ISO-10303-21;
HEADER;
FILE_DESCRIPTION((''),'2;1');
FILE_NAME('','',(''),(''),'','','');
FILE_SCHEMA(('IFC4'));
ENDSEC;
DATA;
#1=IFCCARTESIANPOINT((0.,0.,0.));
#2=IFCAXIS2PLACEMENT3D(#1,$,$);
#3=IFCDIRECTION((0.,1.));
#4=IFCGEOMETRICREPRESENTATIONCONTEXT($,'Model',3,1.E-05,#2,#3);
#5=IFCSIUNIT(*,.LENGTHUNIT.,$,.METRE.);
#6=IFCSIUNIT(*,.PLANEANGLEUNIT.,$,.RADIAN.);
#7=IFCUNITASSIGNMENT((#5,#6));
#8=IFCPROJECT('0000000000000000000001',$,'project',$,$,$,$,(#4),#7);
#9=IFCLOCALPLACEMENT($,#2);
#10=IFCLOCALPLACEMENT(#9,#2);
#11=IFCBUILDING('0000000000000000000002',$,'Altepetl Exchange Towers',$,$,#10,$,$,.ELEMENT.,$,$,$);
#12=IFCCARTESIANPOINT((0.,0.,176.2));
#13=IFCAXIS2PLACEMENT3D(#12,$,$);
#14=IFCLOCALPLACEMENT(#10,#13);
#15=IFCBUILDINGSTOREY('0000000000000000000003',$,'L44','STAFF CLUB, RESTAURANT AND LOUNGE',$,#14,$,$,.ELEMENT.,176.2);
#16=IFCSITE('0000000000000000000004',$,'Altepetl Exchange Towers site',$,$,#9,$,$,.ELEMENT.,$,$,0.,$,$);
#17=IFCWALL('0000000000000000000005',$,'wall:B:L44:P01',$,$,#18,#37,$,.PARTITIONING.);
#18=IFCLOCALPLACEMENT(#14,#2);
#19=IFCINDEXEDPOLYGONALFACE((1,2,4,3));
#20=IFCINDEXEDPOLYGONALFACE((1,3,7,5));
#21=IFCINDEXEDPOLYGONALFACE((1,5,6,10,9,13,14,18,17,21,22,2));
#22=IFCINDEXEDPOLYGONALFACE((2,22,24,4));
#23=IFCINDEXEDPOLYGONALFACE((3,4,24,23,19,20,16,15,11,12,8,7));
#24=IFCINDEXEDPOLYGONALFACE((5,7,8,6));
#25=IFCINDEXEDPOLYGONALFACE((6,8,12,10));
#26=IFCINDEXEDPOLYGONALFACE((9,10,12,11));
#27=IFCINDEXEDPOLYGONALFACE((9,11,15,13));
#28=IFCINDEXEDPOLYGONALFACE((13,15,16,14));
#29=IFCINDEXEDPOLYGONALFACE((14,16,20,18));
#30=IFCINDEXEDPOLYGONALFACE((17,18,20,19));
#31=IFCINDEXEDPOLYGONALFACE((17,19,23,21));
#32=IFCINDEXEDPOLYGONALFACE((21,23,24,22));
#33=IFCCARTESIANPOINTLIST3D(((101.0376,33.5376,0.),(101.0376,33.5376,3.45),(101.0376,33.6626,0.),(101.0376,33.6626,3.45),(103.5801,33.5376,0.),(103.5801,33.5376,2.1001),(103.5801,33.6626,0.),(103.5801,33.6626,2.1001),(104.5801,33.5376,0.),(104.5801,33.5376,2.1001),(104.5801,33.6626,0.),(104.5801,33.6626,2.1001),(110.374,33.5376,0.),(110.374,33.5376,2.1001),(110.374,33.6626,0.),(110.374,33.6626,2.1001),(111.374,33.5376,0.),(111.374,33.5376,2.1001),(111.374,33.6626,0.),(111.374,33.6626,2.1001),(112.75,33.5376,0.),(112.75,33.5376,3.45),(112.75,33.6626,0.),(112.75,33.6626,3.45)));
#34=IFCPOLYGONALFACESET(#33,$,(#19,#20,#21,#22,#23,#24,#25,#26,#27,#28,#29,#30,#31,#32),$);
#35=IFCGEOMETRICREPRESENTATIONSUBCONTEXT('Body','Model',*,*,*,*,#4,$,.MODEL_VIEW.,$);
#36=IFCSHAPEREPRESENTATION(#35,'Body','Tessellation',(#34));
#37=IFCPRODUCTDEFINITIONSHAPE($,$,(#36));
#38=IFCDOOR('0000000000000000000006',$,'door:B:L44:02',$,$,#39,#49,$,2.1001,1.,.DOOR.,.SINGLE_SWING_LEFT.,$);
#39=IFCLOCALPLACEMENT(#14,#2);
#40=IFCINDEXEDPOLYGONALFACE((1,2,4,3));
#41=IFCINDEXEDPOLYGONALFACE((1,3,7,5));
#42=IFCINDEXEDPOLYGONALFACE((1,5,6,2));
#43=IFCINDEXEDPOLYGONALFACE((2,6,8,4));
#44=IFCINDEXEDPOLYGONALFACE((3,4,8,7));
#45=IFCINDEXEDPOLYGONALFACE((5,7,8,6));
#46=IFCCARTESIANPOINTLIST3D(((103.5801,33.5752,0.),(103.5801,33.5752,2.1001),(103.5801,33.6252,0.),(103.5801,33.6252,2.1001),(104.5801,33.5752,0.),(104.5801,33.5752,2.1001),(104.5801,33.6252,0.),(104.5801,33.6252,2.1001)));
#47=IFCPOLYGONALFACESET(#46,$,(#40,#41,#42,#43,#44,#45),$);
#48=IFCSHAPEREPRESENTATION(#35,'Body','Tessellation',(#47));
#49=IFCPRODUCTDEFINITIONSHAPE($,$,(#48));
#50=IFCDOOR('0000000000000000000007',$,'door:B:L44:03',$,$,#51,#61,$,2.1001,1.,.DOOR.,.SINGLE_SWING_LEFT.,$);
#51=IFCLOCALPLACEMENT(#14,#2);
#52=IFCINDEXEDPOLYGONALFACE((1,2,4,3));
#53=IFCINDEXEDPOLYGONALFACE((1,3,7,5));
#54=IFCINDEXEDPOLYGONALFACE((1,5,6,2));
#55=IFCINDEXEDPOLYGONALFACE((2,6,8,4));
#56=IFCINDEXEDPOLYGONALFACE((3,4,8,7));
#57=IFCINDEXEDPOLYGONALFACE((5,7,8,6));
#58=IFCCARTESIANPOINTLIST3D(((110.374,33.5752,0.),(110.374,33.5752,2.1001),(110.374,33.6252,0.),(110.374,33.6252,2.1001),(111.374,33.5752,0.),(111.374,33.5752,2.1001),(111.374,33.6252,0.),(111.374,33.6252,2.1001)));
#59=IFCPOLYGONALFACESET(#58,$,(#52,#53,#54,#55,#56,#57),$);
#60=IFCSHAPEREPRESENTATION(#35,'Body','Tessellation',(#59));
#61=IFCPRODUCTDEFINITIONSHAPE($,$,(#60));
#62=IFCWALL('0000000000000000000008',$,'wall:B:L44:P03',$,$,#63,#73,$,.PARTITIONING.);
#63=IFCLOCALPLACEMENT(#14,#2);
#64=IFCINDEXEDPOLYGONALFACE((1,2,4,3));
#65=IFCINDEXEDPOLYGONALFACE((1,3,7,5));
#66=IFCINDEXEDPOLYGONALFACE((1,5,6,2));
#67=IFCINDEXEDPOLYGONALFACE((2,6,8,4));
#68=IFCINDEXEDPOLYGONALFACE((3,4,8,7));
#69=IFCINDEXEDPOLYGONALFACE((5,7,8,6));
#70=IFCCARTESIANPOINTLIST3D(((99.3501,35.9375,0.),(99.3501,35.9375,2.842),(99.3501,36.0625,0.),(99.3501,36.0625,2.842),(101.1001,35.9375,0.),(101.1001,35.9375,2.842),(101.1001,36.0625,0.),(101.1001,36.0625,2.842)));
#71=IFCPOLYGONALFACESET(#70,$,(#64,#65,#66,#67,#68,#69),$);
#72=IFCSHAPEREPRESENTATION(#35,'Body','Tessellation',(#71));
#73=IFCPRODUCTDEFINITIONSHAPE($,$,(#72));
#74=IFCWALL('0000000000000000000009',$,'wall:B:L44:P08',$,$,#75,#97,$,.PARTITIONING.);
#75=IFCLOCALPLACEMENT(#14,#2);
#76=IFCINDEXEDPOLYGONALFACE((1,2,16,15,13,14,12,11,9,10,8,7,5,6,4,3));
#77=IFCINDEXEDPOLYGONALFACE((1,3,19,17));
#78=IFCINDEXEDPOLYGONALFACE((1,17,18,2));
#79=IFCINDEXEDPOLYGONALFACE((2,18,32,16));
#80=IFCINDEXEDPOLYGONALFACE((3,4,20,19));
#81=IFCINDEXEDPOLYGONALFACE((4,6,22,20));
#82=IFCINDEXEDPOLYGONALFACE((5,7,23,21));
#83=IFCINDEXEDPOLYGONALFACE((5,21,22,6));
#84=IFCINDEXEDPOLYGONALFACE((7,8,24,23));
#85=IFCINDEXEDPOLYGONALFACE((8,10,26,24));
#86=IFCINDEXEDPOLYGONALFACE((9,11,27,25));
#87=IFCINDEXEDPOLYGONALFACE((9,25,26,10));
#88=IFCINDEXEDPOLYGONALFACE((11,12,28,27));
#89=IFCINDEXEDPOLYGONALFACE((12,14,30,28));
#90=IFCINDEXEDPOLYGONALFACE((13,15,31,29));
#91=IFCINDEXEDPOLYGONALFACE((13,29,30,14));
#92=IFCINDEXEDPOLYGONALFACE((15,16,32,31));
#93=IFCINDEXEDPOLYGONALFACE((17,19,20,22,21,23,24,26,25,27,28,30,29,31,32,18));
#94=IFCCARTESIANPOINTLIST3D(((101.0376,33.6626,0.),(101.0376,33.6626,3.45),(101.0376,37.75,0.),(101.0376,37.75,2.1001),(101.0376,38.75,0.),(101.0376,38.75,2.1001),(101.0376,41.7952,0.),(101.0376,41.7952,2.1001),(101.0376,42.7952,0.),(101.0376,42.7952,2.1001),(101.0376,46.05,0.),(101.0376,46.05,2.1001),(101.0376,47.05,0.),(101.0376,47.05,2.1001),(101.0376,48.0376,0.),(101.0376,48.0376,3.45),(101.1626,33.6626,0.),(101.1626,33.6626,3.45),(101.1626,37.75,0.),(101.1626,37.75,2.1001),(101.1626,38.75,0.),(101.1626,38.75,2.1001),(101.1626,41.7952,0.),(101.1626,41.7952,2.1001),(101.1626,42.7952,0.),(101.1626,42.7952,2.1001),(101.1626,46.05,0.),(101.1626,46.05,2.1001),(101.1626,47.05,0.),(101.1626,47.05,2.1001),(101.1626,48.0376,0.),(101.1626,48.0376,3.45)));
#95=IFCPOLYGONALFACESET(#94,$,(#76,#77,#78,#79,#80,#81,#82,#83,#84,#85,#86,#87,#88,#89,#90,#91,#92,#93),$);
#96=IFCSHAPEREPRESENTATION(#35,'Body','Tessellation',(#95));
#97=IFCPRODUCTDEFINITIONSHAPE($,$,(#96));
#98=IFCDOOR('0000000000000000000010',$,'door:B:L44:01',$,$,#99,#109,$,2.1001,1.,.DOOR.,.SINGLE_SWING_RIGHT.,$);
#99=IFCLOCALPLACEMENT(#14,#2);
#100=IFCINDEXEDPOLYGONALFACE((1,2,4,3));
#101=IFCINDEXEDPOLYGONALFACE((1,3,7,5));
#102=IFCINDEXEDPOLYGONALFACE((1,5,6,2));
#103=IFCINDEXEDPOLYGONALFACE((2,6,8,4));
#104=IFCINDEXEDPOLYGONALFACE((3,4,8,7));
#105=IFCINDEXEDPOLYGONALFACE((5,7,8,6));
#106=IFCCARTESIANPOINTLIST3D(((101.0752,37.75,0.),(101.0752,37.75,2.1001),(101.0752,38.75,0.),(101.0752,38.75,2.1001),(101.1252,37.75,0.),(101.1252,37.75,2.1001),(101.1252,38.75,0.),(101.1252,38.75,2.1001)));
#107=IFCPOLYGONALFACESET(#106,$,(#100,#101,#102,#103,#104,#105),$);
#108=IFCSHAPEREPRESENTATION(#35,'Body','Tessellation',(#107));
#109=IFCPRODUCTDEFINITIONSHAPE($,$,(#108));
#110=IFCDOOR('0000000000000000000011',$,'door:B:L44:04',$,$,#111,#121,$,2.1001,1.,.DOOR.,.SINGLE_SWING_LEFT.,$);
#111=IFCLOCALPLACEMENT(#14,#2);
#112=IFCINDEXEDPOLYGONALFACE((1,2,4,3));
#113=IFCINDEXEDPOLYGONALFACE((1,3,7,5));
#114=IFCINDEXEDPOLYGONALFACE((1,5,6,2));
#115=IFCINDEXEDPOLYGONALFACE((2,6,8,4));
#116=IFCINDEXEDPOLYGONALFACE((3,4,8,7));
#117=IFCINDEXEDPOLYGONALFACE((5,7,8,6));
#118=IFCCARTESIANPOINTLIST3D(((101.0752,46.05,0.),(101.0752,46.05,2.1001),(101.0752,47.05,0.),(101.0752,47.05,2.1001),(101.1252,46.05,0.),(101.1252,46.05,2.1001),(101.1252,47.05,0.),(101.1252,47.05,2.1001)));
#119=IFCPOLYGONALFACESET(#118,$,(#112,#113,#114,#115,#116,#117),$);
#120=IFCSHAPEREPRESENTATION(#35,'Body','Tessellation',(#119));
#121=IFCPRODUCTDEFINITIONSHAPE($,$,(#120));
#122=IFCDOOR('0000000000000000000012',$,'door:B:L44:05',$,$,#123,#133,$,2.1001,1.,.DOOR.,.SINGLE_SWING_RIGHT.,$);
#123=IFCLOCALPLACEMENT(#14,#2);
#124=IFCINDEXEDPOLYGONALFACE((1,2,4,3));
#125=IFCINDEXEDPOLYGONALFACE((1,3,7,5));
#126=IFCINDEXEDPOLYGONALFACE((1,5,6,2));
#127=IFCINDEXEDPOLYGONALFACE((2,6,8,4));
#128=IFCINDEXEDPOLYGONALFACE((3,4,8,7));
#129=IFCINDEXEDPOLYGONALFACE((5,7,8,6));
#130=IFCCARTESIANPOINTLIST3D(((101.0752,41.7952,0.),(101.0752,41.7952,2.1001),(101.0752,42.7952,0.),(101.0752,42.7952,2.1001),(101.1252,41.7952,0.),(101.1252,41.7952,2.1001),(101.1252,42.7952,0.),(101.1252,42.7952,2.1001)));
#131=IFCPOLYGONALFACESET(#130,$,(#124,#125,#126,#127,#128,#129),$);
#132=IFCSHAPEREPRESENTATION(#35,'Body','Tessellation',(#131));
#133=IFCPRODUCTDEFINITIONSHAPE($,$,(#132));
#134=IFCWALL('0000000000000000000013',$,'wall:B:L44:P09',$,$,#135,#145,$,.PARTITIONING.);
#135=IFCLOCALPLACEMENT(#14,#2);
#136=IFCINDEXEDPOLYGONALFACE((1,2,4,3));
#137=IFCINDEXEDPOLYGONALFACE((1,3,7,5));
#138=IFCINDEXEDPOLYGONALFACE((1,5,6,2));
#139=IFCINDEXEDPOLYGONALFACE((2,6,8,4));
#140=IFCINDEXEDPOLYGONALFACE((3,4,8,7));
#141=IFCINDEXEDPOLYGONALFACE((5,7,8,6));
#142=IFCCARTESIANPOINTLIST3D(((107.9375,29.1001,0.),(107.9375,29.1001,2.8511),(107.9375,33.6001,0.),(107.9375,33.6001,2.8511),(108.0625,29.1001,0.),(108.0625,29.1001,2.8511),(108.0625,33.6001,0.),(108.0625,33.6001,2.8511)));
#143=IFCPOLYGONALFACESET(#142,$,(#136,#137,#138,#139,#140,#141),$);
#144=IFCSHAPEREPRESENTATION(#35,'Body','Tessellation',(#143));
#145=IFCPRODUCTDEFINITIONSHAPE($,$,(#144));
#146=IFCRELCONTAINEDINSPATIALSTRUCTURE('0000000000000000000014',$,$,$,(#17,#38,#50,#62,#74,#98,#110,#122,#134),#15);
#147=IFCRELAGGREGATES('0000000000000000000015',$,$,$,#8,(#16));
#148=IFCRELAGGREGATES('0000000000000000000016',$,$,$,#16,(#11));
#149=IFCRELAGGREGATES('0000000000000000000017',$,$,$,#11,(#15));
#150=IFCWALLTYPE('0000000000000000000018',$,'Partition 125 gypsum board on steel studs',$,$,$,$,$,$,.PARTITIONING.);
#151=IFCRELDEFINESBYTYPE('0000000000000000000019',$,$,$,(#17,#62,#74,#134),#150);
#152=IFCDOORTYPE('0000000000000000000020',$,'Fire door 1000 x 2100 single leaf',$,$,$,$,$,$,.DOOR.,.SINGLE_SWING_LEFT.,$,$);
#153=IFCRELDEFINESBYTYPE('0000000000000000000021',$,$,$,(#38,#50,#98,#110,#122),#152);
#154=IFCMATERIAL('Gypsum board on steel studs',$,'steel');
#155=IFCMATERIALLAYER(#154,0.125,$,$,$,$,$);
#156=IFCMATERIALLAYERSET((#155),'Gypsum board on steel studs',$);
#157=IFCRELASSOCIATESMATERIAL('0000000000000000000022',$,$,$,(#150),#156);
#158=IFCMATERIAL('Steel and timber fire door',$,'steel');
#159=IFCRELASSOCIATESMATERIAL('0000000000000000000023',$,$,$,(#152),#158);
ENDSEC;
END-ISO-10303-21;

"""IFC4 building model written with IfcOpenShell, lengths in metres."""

from ifc_helpers import new_model, si_unit, direction, frame, frame_2d, origin, place, context, subcontext, project, spatial, rectangle, extrude, material, layer, layer_set, type_object, element, fill, save


model = new_model("IFC4")

# Units and contexts
model_context = context("Model", 3, precision=1e-05, world=origin(), true_north=direction((0.0, 1.0)))
body_context = subcontext(model_context, "Body", "Model", "MODEL_VIEW")
ifc_project = project(units=[si_unit("LENGTHUNIT", "METRE"), si_unit("PLANEANGLEUNIT", "RADIAN")], contexts=[model_context])

# Site, building, storey
site_placement = place(None, origin())
site = spatial("IfcSite", under=ifc_project, at=site_placement, Name="Altepetl Exchange Towers site", CompositionType="ELEMENT", RefElevation=0.0)
building_placement = place(site_placement, origin())
building = spatial("IfcBuilding", under=site, at=building_placement, Name="Altepetl Exchange Towers", CompositionType="ELEMENT")
storey_placement = place(building_placement, frame((0.0, 0.0, 176.2)))
storey = spatial("IfcBuildingStorey", under=building, at=storey_placement, Name="L44", Description="STAFF CLUB, RESTAURANT AND LOUNGE", CompositionType="ELEMENT", Elevation=176.2)

# Wall, openings, doors
ifc_material_1 = material(Name="Gypsum board on steel studs", Category="steel")
ifc_layer_1 = layer(ifc_material_1, 0.125)
ifc_layer_set_1 = layer_set([ifc_layer_1], Name="Gypsum board on steel studs")
wall_type_1 = type_object("IfcWallType", Name="Partition 125 gypsum board on steel studs", PredefinedType="PARTITIONING", material=ifc_layer_set_1)
wall_1_placement = place(storey_placement, frame((101.0376, 33.6001, 0.0)))
wall_1 = element("IfcWall", 1, at=wall_1_placement, inside=storey, type_object=wall_type_1, Name="wall:B:L44:P01", PredefinedType="PARTITIONING", context=body_context, shape_type="SweptSolid", body=[
    extrude(rectangle(XDim=11.7124, YDim=0.125, at=frame_2d((5.8562, 0.0))), origin(), (0.0, 0.0, 1.0), 3.45),
])
opening_1_placement = place(wall_1_placement, frame((2.5425, 0.0, 0.0)))
opening_1 = element("IfcOpeningElement", 2, at=opening_1_placement, cuts=wall_1, PredefinedType="OPENING", context=body_context, shape_type="SweptSolid", body=[
    extrude(rectangle(XDim=1.0, YDim=2.1001, at=frame_2d((0.5, 1.05))), frame((0.0, 0.0725, 0.0), z_axis=(0.0, -1.0, 0.0), x_axis=(1.0, 0.0, 0.0)), (0.0, 0.0, 1.0), 0.145),
])
opening_2_placement = place(wall_1_placement, frame((9.3364, 0.0, 0.0)))
opening_2 = element("IfcOpeningElement", 3, at=opening_2_placement, cuts=wall_1, PredefinedType="OPENING", context=body_context, shape_type="SweptSolid", body=[
    extrude(rectangle(XDim=1.0, YDim=2.1001, at=frame_2d((0.5, 1.05))), frame((0.0, 0.0725, 0.0), z_axis=(0.0, -1.0, 0.0), x_axis=(1.0, 0.0, 0.0)), (0.0, 0.0, 1.0), 0.145),
])
ifc_material_2 = material(Name="Steel and timber fire door", Category="steel")
door_type_1 = type_object("IfcDoorType", Name="Fire door 1000 x 2100 single leaf", OperationType="SINGLE_SWING_LEFT", PredefinedType="DOOR", material=ifc_material_2)
door_1_placement = place(opening_1_placement, frame((1.0, 0.0, 0.0), x_axis=(-1.0, 0.0, 0.0)))
door_1 = element("IfcDoor", 4, at=door_1_placement, inside=storey, type_object=door_type_1, Name="door:B:L44:02", OperationType="SINGLE_SWING_LEFT", OverallHeight=2.1001, OverallWidth=1.0, PredefinedType="DOOR", context=body_context, shape_type="SweptSolid", body=[
    extrude(rectangle(XDim=1.0, YDim=2.1001, at=frame_2d((0.5, 1.05))), frame((0.0, 0.0249, 0.0), z_axis=(0.0, -1.0, 0.0), x_axis=(1.0, 0.0, 0.0)), (0.0, 0.0, 1.0), 0.05),
])
fill(opening_1, door_1)
door_2_placement = place(opening_2_placement, frame((1.0, 0.0, 0.0), x_axis=(-1.0, 0.0, 0.0)))
door_2 = element("IfcDoor", 5, at=door_2_placement, inside=storey, type_object=door_type_1, Name="door:B:L44:03", OperationType="SINGLE_SWING_LEFT", OverallHeight=2.1001, OverallWidth=1.0, PredefinedType="DOOR", context=body_context, shape_type="SweptSolid", body=[
    extrude(rectangle(XDim=1.0, YDim=2.1001, at=frame_2d((0.5, 1.05))), frame((0.0, 0.0249, 0.0), z_axis=(0.0, -1.0, 0.0), x_axis=(1.0, 0.0, 0.0)), (0.0, 0.0, 1.0), 0.05),
])
fill(opening_2, door_2)

# Wall
wall_2_placement = place(storey_placement, frame((99.3501, 36.0, 0.0)))
element("IfcWall", 6, at=wall_2_placement, inside=storey, type_object=wall_type_1, Name="wall:B:L44:P03", PredefinedType="PARTITIONING", context=body_context, shape_type="SweptSolid", body=[
    extrude(rectangle(XDim=1.75, YDim=0.125, at=frame_2d((0.875, 0.0))), origin(), (0.0, 0.0, 1.0), 2.842),
])

# Wall, openings, doors
wall_3_placement = place(storey_placement, frame((101.1001, 33.6626, 0.0), z_axis=(0.0, 0.0, 1.0), x_axis=(0.0, 1.0, 0.0)))
wall_3 = element("IfcWall", 7, at=wall_3_placement, inside=storey, type_object=wall_type_1, Name="wall:B:L44:P08", PredefinedType="PARTITIONING", context=body_context, shape_type="SweptSolid", body=[
    extrude(rectangle(XDim=14.375, YDim=0.125, at=frame_2d((7.1875, 0.0))), origin(), (0.0, 0.0, 1.0), 3.45),
])
opening_3_placement = place(wall_3_placement, frame((4.0874, 0.0, 0.0)))
opening_3 = element("IfcOpeningElement", 8, at=opening_3_placement, cuts=wall_3, PredefinedType="OPENING", context=body_context, shape_type="SweptSolid", body=[
    extrude(rectangle(XDim=1.0, YDim=2.1001, at=frame_2d((0.5, 1.05))), frame((0.0, 0.0725, 0.0), z_axis=(0.0, -1.0, 0.0), x_axis=(1.0, 0.0, 0.0)), (0.0, 0.0, 1.0), 0.145),
])
opening_4_placement = place(wall_3_placement, frame((12.3875, 0.0, 0.0)))
opening_4 = element("IfcOpeningElement", 9, at=opening_4_placement, cuts=wall_3, PredefinedType="OPENING", context=body_context, shape_type="SweptSolid", body=[
    extrude(rectangle(XDim=1.0, YDim=2.1001, at=frame_2d((0.5, 1.05))), frame((0.0, 0.0725, 0.0), z_axis=(0.0, -1.0, 0.0), x_axis=(1.0, 0.0, 0.0)), (0.0, 0.0, 1.0), 0.145),
])
opening_5_placement = place(wall_3_placement, frame((8.1326, 0.0, 0.0)))
opening_5 = element("IfcOpeningElement", 10, at=opening_5_placement, cuts=wall_3, PredefinedType="OPENING", context=body_context, shape_type="SweptSolid", body=[
    extrude(rectangle(XDim=1.0, YDim=2.1001, at=frame_2d((0.5, 1.05))), frame((0.0, 0.0725, 0.0), z_axis=(0.0, -1.0, 0.0), x_axis=(1.0, 0.0, 0.0)), (0.0, 0.0, 1.0), 0.145),
])
door_3_placement = place(opening_3_placement, origin())
door_3 = element("IfcDoor", 11, at=door_3_placement, inside=storey, type_object=door_type_1, Name="door:B:L44:01", OperationType="SINGLE_SWING_RIGHT", OverallHeight=2.1001, OverallWidth=1.0, PredefinedType="DOOR", context=body_context, shape_type="SweptSolid", body=[
    extrude(rectangle(XDim=1.0, YDim=2.1001, at=frame_2d((0.5, 1.05))), frame((0.0, 0.0249, 0.0), z_axis=(0.0, -1.0, 0.0), x_axis=(1.0, 0.0, 0.0)), (0.0, 0.0, 1.0), 0.05),
])
fill(opening_3, door_3)
door_4_placement = place(opening_4_placement, origin())
door_4 = element("IfcDoor", 12, at=door_4_placement, inside=storey, type_object=door_type_1, Name="door:B:L44:04", OperationType="SINGLE_SWING_LEFT", OverallHeight=2.1001, OverallWidth=1.0, PredefinedType="DOOR", context=body_context, shape_type="SweptSolid", body=[
    extrude(rectangle(XDim=1.0, YDim=2.1001, at=frame_2d((0.5, 1.05))), frame((0.0, 0.0249, 0.0), z_axis=(0.0, -1.0, 0.0), x_axis=(1.0, 0.0, 0.0)), (0.0, 0.0, 1.0), 0.05),
])
fill(opening_4, door_4)
door_5_placement = place(opening_5_placement, origin())
door_5 = element("IfcDoor", 13, at=door_5_placement, inside=storey, type_object=door_type_1, Name="door:B:L44:05", OperationType="SINGLE_SWING_RIGHT", OverallHeight=2.1001, OverallWidth=1.0, PredefinedType="DOOR", context=body_context, shape_type="SweptSolid", body=[
    extrude(rectangle(XDim=1.0, YDim=2.1001, at=frame_2d((0.5, 1.05))), frame((0.0, 0.0249, 0.0), z_axis=(0.0, -1.0, 0.0), x_axis=(1.0, 0.0, 0.0)), (0.0, 0.0, 1.0), 0.05),
])
fill(opening_5, door_5)

# Wall
wall_4_placement = place(storey_placement, frame((108.0, 29.1001, 0.0), z_axis=(0.0, 0.0, 1.0), x_axis=(0.0, 1.0, 0.0)))
element("IfcWall", 14, at=wall_4_placement, inside=storey, type_object=wall_type_1, Name="wall:B:L44:P09", PredefinedType="PARTITIONING", context=body_context, shape_type="SweptSolid", body=[
    extrude(rectangle(XDim=4.5, YDim=0.125, at=frame_2d((2.25, 0.0))), origin(), (0.0, 0.0, 1.0), 2.8511),
])

save(model, "model.ifc")
